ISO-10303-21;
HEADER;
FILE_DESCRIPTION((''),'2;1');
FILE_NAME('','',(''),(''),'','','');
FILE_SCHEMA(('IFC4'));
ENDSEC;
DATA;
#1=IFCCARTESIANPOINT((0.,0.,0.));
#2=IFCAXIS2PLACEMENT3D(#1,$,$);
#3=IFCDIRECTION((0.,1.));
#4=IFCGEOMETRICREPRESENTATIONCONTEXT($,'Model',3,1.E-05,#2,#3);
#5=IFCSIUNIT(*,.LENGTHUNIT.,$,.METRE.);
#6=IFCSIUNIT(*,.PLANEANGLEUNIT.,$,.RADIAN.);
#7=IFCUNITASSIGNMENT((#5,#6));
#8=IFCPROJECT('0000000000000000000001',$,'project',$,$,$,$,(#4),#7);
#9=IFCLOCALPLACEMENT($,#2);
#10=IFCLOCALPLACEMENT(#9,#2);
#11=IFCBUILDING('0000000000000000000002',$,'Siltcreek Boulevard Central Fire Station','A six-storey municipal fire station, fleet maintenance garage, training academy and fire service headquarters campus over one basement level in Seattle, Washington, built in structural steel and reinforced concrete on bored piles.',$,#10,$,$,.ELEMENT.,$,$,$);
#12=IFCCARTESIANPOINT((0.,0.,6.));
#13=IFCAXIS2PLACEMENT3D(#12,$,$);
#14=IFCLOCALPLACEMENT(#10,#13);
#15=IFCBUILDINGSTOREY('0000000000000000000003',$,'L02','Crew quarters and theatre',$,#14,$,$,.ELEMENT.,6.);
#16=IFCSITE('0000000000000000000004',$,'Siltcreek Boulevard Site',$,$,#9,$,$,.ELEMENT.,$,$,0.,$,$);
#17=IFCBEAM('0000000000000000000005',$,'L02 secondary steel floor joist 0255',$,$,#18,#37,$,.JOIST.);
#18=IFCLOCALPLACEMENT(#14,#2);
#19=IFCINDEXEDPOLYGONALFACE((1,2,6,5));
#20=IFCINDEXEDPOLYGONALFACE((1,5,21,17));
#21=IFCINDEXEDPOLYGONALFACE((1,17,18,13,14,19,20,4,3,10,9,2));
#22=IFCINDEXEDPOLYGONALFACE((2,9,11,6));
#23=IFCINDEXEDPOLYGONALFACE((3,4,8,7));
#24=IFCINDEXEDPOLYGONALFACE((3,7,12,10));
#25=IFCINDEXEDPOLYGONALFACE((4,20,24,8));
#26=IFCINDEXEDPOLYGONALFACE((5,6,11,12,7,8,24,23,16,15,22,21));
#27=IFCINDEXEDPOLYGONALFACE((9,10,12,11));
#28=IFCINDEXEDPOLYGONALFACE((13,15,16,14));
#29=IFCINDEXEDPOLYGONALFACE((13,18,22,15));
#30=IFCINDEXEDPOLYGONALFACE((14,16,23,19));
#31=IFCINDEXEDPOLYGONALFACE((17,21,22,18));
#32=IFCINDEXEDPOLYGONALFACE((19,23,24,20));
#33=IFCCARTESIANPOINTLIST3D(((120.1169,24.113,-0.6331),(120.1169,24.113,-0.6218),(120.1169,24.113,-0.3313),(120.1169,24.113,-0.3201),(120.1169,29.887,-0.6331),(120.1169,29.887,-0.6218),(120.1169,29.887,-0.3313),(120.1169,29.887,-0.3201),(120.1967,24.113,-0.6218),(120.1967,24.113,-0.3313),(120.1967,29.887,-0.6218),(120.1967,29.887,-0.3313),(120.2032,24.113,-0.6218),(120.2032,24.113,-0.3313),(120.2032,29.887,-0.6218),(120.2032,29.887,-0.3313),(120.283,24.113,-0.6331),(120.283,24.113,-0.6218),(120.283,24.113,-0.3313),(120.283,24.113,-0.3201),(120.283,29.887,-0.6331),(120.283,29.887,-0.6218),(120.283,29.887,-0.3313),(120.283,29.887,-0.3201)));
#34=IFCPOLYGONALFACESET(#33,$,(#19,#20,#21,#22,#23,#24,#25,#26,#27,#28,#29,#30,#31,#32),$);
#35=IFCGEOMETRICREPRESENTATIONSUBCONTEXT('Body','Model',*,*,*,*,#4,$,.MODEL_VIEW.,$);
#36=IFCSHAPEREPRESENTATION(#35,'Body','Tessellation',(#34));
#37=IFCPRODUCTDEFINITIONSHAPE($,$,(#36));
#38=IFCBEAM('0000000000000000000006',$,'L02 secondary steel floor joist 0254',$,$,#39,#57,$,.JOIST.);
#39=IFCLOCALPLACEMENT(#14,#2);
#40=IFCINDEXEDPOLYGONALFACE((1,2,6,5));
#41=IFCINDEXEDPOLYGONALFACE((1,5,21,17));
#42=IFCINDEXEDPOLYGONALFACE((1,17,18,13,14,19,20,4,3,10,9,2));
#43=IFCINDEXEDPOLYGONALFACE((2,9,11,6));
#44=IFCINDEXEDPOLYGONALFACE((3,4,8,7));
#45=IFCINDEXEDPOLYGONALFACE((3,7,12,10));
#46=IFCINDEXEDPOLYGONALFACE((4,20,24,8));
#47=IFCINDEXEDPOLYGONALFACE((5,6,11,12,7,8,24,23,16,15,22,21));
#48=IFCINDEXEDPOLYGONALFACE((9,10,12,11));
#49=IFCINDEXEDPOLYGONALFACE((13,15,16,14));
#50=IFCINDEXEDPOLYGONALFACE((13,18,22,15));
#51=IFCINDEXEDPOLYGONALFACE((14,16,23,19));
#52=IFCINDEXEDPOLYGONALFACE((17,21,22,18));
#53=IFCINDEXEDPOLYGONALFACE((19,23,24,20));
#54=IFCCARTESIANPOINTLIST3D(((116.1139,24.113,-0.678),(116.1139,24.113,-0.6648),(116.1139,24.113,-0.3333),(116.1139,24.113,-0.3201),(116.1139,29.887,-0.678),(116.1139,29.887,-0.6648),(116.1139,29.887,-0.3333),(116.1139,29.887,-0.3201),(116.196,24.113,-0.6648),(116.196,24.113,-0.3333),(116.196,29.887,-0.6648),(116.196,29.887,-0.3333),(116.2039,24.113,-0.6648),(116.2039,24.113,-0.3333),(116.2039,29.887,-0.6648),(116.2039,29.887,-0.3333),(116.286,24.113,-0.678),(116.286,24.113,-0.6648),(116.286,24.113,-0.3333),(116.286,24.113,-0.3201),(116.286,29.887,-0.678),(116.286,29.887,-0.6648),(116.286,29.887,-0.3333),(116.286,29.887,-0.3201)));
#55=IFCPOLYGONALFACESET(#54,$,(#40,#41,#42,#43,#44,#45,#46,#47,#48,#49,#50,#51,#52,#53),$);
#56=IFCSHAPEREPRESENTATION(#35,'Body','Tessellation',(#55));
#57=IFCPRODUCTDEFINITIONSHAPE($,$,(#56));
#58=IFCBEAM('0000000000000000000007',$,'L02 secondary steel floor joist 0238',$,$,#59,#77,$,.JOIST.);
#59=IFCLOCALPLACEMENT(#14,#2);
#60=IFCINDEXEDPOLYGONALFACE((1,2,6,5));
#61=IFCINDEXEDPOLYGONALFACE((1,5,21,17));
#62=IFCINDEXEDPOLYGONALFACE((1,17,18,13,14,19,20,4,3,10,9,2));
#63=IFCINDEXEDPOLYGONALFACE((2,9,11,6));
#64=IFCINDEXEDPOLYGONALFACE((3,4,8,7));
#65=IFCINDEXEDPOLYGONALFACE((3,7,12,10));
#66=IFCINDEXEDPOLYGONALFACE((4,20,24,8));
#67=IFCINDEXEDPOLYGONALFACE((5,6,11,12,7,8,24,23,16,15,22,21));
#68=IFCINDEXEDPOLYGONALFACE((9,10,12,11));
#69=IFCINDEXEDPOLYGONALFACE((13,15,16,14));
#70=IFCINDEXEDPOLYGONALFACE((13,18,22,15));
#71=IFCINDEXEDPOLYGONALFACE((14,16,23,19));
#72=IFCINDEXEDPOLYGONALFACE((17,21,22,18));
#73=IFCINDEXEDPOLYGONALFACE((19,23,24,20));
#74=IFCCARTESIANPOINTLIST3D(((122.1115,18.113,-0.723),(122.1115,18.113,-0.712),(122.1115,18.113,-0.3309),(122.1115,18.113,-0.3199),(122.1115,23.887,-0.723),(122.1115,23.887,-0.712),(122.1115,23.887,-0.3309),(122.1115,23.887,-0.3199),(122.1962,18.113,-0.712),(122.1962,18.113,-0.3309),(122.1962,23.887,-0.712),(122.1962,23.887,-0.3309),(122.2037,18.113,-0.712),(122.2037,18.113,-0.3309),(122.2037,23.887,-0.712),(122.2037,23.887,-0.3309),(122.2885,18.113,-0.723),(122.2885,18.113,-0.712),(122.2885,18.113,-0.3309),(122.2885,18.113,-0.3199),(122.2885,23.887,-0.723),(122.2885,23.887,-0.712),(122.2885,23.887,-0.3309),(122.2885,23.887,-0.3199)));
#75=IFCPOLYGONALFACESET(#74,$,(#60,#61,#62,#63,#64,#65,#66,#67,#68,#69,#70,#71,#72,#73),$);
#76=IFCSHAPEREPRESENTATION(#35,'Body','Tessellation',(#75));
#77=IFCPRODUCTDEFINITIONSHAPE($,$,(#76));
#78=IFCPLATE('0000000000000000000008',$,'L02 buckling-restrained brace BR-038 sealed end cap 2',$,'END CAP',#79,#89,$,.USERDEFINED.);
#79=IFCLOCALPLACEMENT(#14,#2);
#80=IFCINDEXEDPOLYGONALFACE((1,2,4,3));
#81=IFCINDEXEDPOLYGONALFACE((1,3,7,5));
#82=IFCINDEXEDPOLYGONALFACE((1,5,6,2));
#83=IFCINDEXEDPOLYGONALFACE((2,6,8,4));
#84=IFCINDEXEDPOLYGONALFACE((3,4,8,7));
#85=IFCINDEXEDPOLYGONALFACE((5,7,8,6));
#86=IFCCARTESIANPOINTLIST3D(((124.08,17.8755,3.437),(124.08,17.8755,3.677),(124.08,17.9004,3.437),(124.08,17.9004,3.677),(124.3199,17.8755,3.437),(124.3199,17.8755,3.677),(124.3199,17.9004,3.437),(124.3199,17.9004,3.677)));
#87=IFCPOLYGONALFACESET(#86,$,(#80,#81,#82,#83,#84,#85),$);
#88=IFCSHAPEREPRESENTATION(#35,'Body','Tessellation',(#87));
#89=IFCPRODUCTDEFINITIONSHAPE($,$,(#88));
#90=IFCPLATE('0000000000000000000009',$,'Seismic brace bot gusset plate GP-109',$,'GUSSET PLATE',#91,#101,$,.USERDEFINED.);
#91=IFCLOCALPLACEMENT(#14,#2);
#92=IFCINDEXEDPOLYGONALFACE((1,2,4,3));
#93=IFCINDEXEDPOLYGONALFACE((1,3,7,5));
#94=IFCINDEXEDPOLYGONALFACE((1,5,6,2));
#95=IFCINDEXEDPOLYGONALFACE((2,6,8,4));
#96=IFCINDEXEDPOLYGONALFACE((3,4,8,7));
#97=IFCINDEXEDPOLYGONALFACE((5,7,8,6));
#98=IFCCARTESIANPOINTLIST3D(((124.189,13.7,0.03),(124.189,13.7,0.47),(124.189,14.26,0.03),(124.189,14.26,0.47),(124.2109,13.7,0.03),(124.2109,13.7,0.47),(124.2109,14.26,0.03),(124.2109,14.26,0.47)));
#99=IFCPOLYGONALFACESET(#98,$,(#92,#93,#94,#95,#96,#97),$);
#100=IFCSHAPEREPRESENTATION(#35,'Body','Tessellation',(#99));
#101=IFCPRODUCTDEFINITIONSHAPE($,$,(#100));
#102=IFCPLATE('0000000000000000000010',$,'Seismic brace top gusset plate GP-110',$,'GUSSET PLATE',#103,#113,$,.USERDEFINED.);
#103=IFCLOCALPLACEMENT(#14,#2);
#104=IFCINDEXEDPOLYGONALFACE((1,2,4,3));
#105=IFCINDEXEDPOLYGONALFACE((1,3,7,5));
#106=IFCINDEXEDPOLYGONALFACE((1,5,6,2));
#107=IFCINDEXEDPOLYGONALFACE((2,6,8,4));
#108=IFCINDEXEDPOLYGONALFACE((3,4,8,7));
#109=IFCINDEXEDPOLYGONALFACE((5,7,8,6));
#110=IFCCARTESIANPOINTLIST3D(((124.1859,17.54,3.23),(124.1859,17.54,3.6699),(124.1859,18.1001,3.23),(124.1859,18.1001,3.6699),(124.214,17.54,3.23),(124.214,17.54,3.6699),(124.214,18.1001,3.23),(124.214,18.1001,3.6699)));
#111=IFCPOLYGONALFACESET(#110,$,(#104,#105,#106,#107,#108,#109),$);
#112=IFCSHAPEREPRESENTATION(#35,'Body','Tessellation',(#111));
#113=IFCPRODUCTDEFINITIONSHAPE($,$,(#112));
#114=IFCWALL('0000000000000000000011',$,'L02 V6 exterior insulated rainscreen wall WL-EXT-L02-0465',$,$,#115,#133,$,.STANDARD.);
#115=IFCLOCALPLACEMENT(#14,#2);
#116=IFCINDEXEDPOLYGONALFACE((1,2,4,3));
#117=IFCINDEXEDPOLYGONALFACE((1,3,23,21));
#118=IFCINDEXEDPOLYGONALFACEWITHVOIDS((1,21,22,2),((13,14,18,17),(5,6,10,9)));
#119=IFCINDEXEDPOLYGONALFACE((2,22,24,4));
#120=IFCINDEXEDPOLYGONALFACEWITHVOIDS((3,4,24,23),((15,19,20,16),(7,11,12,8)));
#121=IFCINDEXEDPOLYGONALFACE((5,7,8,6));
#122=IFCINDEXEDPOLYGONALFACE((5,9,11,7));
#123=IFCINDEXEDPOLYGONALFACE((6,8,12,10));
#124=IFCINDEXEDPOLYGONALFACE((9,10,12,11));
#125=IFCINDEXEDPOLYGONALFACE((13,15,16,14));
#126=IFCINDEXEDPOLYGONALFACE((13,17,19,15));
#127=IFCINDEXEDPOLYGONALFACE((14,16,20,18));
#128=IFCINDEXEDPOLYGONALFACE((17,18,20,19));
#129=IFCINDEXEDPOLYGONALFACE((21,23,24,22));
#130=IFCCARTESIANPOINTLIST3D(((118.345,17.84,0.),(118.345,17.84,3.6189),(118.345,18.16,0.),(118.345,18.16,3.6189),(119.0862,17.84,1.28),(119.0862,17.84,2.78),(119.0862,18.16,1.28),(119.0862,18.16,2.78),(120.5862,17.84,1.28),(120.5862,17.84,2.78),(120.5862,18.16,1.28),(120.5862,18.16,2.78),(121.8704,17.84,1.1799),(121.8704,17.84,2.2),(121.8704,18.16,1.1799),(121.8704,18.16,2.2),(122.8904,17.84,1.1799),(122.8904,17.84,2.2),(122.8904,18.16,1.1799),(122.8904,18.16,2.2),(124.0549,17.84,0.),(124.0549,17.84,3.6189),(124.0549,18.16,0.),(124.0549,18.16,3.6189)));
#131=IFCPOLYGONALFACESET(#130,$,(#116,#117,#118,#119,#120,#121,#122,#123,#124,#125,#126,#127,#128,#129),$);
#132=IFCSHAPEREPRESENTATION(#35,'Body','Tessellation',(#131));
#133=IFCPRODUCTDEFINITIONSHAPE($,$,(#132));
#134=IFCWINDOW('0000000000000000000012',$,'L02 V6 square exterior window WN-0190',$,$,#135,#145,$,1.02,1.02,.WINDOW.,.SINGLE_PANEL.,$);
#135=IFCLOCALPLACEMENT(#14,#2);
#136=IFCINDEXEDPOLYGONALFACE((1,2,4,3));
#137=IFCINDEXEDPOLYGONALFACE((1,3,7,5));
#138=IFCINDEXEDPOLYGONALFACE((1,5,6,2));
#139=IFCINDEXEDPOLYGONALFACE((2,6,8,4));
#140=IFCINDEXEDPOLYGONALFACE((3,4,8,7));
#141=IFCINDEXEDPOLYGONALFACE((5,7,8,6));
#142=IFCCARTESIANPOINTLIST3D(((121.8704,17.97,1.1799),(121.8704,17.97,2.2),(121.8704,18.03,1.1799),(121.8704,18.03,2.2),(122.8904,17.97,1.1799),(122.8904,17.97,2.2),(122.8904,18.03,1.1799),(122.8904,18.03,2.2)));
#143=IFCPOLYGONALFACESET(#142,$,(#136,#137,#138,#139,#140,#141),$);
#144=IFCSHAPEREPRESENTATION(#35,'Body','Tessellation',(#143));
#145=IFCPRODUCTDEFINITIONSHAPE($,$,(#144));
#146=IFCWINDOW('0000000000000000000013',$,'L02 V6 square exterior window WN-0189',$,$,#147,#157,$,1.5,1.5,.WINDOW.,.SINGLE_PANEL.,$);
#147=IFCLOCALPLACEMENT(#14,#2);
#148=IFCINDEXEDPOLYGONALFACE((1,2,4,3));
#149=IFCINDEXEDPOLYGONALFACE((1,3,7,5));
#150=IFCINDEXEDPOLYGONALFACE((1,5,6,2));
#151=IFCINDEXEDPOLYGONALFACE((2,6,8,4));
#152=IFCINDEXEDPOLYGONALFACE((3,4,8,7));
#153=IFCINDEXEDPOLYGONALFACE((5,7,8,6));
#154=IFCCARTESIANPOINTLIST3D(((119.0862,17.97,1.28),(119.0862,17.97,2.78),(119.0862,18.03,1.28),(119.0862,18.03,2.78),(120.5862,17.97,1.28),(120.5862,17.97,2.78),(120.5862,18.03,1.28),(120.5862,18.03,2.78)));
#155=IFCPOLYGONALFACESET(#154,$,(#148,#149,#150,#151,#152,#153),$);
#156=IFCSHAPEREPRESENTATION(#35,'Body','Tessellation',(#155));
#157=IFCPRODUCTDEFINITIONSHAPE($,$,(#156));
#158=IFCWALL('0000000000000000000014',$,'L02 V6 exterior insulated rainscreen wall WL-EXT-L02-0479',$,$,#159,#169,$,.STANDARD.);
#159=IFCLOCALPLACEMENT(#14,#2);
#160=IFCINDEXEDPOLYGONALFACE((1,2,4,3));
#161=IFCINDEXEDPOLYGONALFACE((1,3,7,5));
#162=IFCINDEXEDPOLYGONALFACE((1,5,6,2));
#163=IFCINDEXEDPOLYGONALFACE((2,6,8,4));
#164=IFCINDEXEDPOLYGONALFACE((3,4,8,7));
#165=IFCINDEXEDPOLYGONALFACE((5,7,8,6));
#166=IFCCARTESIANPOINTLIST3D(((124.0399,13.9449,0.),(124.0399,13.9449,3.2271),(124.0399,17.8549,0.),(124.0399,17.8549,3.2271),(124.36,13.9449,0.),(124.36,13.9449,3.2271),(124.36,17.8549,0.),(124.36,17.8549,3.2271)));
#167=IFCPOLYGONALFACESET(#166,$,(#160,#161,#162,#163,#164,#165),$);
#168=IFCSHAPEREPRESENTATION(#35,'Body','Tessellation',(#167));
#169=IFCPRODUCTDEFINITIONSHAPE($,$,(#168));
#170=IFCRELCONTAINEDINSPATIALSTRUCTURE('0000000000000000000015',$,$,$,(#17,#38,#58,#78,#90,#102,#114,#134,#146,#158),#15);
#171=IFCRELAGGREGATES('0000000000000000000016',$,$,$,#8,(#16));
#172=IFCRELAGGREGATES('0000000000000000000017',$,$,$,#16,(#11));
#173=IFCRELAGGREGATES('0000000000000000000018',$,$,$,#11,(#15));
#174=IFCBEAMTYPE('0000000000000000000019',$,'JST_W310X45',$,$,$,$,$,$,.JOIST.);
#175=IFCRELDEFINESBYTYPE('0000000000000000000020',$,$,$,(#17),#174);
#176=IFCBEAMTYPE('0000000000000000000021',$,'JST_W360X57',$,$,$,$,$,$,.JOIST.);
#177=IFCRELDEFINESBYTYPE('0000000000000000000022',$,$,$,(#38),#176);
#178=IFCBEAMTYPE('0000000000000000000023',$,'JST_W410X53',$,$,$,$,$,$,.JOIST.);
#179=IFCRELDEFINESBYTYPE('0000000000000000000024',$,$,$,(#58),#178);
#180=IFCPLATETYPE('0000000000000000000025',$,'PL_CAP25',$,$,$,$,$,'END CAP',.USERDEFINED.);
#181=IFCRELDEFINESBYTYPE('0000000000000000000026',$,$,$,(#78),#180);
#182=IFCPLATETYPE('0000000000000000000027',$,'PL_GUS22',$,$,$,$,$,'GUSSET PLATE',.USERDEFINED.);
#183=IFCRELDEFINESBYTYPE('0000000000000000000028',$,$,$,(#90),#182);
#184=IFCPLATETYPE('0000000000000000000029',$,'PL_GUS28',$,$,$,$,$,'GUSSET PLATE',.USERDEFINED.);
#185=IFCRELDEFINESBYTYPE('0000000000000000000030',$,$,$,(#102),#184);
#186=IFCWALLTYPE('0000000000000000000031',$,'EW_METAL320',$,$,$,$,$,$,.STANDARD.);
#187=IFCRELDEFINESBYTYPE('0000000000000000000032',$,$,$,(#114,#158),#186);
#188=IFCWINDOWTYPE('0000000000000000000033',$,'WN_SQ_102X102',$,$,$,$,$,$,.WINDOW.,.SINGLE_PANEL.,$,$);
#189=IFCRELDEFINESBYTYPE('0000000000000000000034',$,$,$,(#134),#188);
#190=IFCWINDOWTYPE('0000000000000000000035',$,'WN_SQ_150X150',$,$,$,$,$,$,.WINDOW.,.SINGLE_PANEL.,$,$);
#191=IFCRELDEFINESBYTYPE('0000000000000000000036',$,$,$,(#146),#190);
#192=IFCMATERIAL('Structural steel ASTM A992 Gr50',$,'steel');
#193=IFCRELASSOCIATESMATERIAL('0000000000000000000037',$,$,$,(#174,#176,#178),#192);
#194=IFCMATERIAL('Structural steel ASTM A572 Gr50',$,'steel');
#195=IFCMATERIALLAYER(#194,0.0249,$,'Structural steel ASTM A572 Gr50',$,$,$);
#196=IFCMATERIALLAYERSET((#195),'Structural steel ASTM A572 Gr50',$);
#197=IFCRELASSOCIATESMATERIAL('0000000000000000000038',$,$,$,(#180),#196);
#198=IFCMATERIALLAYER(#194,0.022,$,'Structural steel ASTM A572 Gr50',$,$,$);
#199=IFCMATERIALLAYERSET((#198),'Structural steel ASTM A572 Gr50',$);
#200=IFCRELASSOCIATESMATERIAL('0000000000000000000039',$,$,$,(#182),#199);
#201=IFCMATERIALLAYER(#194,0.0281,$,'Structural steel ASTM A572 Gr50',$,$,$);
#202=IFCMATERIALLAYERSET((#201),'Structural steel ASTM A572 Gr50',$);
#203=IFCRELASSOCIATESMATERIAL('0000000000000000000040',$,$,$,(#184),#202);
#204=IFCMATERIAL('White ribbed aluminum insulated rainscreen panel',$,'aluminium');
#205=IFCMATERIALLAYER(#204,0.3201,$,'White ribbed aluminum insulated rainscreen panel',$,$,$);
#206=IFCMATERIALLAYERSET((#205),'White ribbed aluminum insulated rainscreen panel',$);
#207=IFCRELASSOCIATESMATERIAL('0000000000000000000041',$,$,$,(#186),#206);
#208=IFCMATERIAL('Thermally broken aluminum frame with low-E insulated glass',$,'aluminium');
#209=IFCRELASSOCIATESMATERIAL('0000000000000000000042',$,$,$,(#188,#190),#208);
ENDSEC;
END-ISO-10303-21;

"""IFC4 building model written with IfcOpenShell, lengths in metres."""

from ifc_helpers import new_model, si_unit, direction, frame, frame_2d, origin, origin_2d, place, context, subcontext, project, spatial, rectangle, i_section, extrude, material, layer, layer_set, material_profile, profile_set, type_object, element, fill, save


model = new_model("IFC4")

# Units and contexts
model_context = context("Model", 3, precision=1e-05, world=origin(), true_north=direction((0.0, 1.0)))
body_context = subcontext(model_context, "Body", "Model", "MODEL_VIEW")
ifc_project = project(units=[si_unit("LENGTHUNIT", "METRE"), si_unit("PLANEANGLEUNIT", "RADIAN")], contexts=[model_context])

# Site, building, storey
site_placement = place(None, origin())
site = spatial("IfcSite", under=ifc_project, at=site_placement, Name="Siltcreek Boulevard Site", CompositionType="ELEMENT", RefElevation=0.0)
building_placement = place(site_placement, origin())
building = spatial("IfcBuilding", under=site, at=building_placement, Name="Siltcreek Boulevard Central Fire Station", Description="A six-storey municipal fire station, fleet maintenance garage, training academy and fire service headquarters campus over one basement level in Seattle, Washington, built in structural steel and reinforced concrete on bored piles.", CompositionType="ELEMENT")
storey_placement = place(building_placement, frame((0.0, 0.0, 6.0)))
storey = spatial("IfcBuildingStorey", under=building, at=storey_placement, Name="L02", Description="Crew quarters and theatre", CompositionType="ELEMENT", Elevation=6.0)

# Shared definitions
ifc_material_1 = material(Name="Structural steel ASTM A992 Gr50", Category="steel")

# Beams
ifc_material_profile_1 = material_profile(ifc_material_1, i_section(OverallWidth=0.166, OverallDepth=0.313, WebThickness=0.0066, FlangeThickness=0.0112, at=origin_2d()), Name="W310X45")
ifc_profile_set_1 = profile_set([ifc_material_profile_1], Name="Structural steel ASTM A992 Gr50")
beam_type_1 = type_object("IfcBeamType", Name="JST_W310X45", PredefinedType="JOIST", material=ifc_profile_set_1)
beam_1_placement = place(storey_placement, frame((120.2, 24.113, -0.4766), z_axis=(0.0, 1.0, 0.0), x_axis=(-1.0, 0.0, 0.0)))
element("IfcBeam", 1, at=beam_1_placement, inside=storey, type_object=beam_type_1, Name="L02 secondary steel floor joist 0255", PredefinedType="JOIST", context=body_context, shape_type="SweptSolid", body=[
    extrude(i_section(OverallWidth=0.166, OverallDepth=0.313, WebThickness=0.0066, FlangeThickness=0.0112, at=origin_2d()), origin(), (0.0, 0.0, 1.0), 5.7739),
])
ifc_material_profile_2 = material_profile(ifc_material_1, i_section(OverallWidth=0.1721, OverallDepth=0.3579, WebThickness=0.0078, FlangeThickness=0.0132, at=origin_2d()), Name="W360X57")
ifc_profile_set_2 = profile_set([ifc_material_profile_2], Name="Structural steel ASTM A992 Gr50")
beam_type_2 = type_object("IfcBeamType", Name="JST_W360X57", PredefinedType="JOIST", material=ifc_profile_set_2)
beam_2_placement = place(storey_placement, frame((116.2, 24.113, -0.499), z_axis=(0.0, 1.0, 0.0), x_axis=(-1.0, 0.0, 0.0)))
element("IfcBeam", 2, at=beam_2_placement, inside=storey, type_object=beam_type_2, Name="L02 secondary steel floor joist 0254", PredefinedType="JOIST", context=body_context, shape_type="SweptSolid", body=[
    extrude(i_section(OverallWidth=0.1721, OverallDepth=0.3579, WebThickness=0.0078, FlangeThickness=0.0132, at=origin_2d()), origin(), (0.0, 0.0, 1.0), 5.7739),
])
ifc_material_profile_3 = material_profile(ifc_material_1, i_section(OverallWidth=0.177, OverallDepth=0.4031, WebThickness=0.0076, FlangeThickness=0.011, at=origin_2d()), Name="W410X53")
ifc_profile_set_3 = profile_set([ifc_material_profile_3], Name="Structural steel ASTM A992 Gr50")
beam_type_3 = type_object("IfcBeamType", Name="JST_W410X53", PredefinedType="JOIST", material=ifc_profile_set_3)
beam_3_placement = place(storey_placement, frame((122.2, 18.113, -0.5215), z_axis=(0.0, 1.0, 0.0), x_axis=(-1.0, 0.0, 0.0)))
element("IfcBeam", 3, at=beam_3_placement, inside=storey, type_object=beam_type_3, Name="L02 secondary steel floor joist 0238", PredefinedType="JOIST", context=body_context, shape_type="SweptSolid", body=[
    extrude(i_section(OverallWidth=0.177, OverallDepth=0.4031, WebThickness=0.0076, FlangeThickness=0.011, at=origin_2d()), origin(), (0.0, 0.0, 1.0), 5.7739),
])

# Plates
ifc_material_2 = material(Name="Structural steel ASTM A572 Gr50", Category="steel")
ifc_layer_1 = layer(ifc_material_2, 0.0249, Name="Structural steel ASTM A572 Gr50")
ifc_layer_set_1 = layer_set([ifc_layer_1], Name="Structural steel ASTM A572 Gr50")
plate_type_1 = type_object("IfcPlateType", Name="PL_CAP25", ElementType="END CAP", PredefinedType="USERDEFINED", material=ifc_layer_set_1)
plate_1_placement = place(storey_placement, frame((124.2, 17.8879, 3.437), z_axis=(0.0, 0.0, 1.0), x_axis=(0.0, 1.0, 0.0)))
element("IfcPlate", 4, at=plate_1_placement, inside=storey, type_object=plate_type_1, Name="L02 buckling-restrained brace BR-038 sealed end cap 2", ObjectType="END CAP", PredefinedType="USERDEFINED", context=body_context, shape_type="SweptSolid", body=[
    extrude(rectangle(XDim=0.0249, YDim=0.24, at=origin_2d()), origin(), (0.0, 0.0, 1.0), 0.24),
])
ifc_layer_2 = layer(ifc_material_2, 0.022, Name="Structural steel ASTM A572 Gr50")
ifc_layer_set_2 = layer_set([ifc_layer_2], Name="Structural steel ASTM A572 Gr50")
plate_type_2 = type_object("IfcPlateType", Name="PL_GUS22", ElementType="GUSSET PLATE", PredefinedType="USERDEFINED", material=ifc_layer_set_2)
plate_2_placement = place(storey_placement, frame((124.2, 13.98, 0.03), z_axis=(0.0, 0.0, 1.0), x_axis=(0.0, 1.0, 0.0)))
element("IfcPlate", 5, at=plate_2_placement, inside=storey, type_object=plate_type_2, Name="Seismic brace bot gusset plate GP-109", ObjectType="GUSSET PLATE", PredefinedType="USERDEFINED", context=body_context, shape_type="SweptSolid", body=[
    extrude(rectangle(XDim=0.5601, YDim=0.022, at=origin_2d()), origin(), (0.0, 0.0, 1.0), 0.4399),
])
ifc_layer_3 = layer(ifc_material_2, 0.0281, Name="Structural steel ASTM A572 Gr50")
ifc_layer_set_3 = layer_set([ifc_layer_3], Name="Structural steel ASTM A572 Gr50")
plate_type_3 = type_object("IfcPlateType", Name="PL_GUS28", ElementType="GUSSET PLATE", PredefinedType="USERDEFINED", material=ifc_layer_set_3)
plate_3_placement = place(storey_placement, frame((124.2, 17.8201, 3.23), z_axis=(0.0, 0.0, 1.0), x_axis=(0.0, 1.0, 0.0)))
element("IfcPlate", 6, at=plate_3_placement, inside=storey, type_object=plate_type_3, Name="Seismic brace top gusset plate GP-110", ObjectType="GUSSET PLATE", PredefinedType="USERDEFINED", context=body_context, shape_type="SweptSolid", body=[
    extrude(rectangle(XDim=0.5601, YDim=0.0281, at=origin_2d()), origin(), (0.0, 0.0, 1.0), 0.4399),
])

# Wall, openings, windows
ifc_material_3 = material(Name="White ribbed aluminum insulated rainscreen panel", Category="aluminium")
ifc_layer_4 = layer(ifc_material_3, 0.3201, Name="White ribbed aluminum insulated rainscreen panel")
ifc_layer_set_4 = layer_set([ifc_layer_4], Name="White ribbed aluminum insulated rainscreen panel")
wall_type_1 = type_object("IfcWallType", Name="EW_METAL320", PredefinedType="STANDARD", material=ifc_layer_set_4)
wall_1_placement = place(storey_placement, frame((118.345, 18.0, 0.0), z_axis=(0.0, 0.0, 1.0), x_axis=(1.0, 0.0, 0.0)))
wall_1 = element("IfcWall", 7, at=wall_1_placement, inside=storey, type_object=wall_type_1, Name="L02 V6 exterior insulated rainscreen wall WL-EXT-L02-0465", PredefinedType="STANDARD", context=body_context, shape_type="SweptSolid", body=[
    extrude(rectangle(XDim=5.71, YDim=0.3201, at=frame_2d((2.855, 0.0))), origin(), (0.0, 0.0, 1.0), 3.6189),
])
opening_1_placement = place(wall_1_placement, frame((0.7412, 0.0, 1.28)))
opening_1 = element("IfcOpeningElement", 8, at=opening_1_placement, cuts=wall_1, PredefinedType="OPENING", context=body_context, shape_type="SweptSolid", body=[
    extrude(rectangle(XDim=1.5, YDim=1.5, at=frame_2d((0.75, 0.75))), frame((0.0, 0.1699, 0.0), z_axis=(0.0, -1.0, 0.0), x_axis=(1.0, 0.0, 0.0)), (0.0, 0.0, 1.0), 0.3401),
])
opening_2_placement = place(wall_1_placement, frame((3.5254, 0.0, 1.1799)))
opening_2 = element("IfcOpeningElement", 9, at=opening_2_placement, cuts=wall_1, PredefinedType="OPENING", context=body_context, shape_type="SweptSolid", body=[
    extrude(rectangle(XDim=1.02, YDim=1.02, at=frame_2d((0.51, 0.51))), frame((0.0, 0.1699, 0.0), z_axis=(0.0, -1.0, 0.0), x_axis=(1.0, 0.0, 0.0)), (0.0, 0.0, 1.0), 0.3401),
])
ifc_material_4 = material(Name="Thermally broken aluminum frame with low-E insulated glass", Category="aluminium")
window_type_1 = type_object("IfcWindowType", Name="WN_SQ_102X102", PartitioningType="SINGLE_PANEL", PredefinedType="WINDOW", material=ifc_material_4)
window_1_placement = place(opening_2_placement, origin())
window_1 = element("IfcWindow", 10, at=window_1_placement, inside=storey, type_object=window_type_1, Name="L02 V6 square exterior window WN-0190", OverallHeight=1.02, OverallWidth=1.02, PartitioningType="SINGLE_PANEL", PredefinedType="WINDOW", context=body_context, shape_type="SweptSolid", body=[
    extrude(rectangle(XDim=1.02, YDim=1.02, at=frame_2d((0.51, 0.51))), frame((0.0, 0.03, 0.0), z_axis=(0.0, -1.0, 0.0), x_axis=(1.0, 0.0, 0.0)), (0.0, 0.0, 1.0), 0.0601),
])
fill(opening_2, window_1)
window_type_2 = type_object("IfcWindowType", Name="WN_SQ_150X150", PartitioningType="SINGLE_PANEL", PredefinedType="WINDOW", material=ifc_material_4)
window_2_placement = place(opening_1_placement, origin())
window_2 = element("IfcWindow", 11, at=window_2_placement, inside=storey, type_object=window_type_2, Name="L02 V6 square exterior window WN-0189", OverallHeight=1.5, OverallWidth=1.5, PartitioningType="SINGLE_PANEL", PredefinedType="WINDOW", context=body_context, shape_type="SweptSolid", body=[
    extrude(rectangle(XDim=1.5, YDim=1.5, at=frame_2d((0.75, 0.75))), frame((0.0, 0.03, 0.0), z_axis=(0.0, -1.0, 0.0), x_axis=(1.0, 0.0, 0.0)), (0.0, 0.0, 1.0), 0.0601),
])
fill(opening_1, window_2)

# Wall
wall_2_placement = place(storey_placement, frame((124.2, 17.855, 0.0), z_axis=(0.0, 0.0, 1.0), x_axis=(0.0, -1.0, 0.0)))
element("IfcWall", 12, at=wall_2_placement, inside=storey, type_object=wall_type_1, Name="L02 V6 exterior insulated rainscreen wall WL-EXT-L02-0479", PredefinedType="STANDARD", context=body_context, shape_type="SweptSolid", body=[
    extrude(rectangle(XDim=3.9099, YDim=0.3201, at=frame_2d((1.9551, 0.0))), origin(), (0.0, 0.0, 1.0), 3.2271),
])

save(model, "model.ifc")
